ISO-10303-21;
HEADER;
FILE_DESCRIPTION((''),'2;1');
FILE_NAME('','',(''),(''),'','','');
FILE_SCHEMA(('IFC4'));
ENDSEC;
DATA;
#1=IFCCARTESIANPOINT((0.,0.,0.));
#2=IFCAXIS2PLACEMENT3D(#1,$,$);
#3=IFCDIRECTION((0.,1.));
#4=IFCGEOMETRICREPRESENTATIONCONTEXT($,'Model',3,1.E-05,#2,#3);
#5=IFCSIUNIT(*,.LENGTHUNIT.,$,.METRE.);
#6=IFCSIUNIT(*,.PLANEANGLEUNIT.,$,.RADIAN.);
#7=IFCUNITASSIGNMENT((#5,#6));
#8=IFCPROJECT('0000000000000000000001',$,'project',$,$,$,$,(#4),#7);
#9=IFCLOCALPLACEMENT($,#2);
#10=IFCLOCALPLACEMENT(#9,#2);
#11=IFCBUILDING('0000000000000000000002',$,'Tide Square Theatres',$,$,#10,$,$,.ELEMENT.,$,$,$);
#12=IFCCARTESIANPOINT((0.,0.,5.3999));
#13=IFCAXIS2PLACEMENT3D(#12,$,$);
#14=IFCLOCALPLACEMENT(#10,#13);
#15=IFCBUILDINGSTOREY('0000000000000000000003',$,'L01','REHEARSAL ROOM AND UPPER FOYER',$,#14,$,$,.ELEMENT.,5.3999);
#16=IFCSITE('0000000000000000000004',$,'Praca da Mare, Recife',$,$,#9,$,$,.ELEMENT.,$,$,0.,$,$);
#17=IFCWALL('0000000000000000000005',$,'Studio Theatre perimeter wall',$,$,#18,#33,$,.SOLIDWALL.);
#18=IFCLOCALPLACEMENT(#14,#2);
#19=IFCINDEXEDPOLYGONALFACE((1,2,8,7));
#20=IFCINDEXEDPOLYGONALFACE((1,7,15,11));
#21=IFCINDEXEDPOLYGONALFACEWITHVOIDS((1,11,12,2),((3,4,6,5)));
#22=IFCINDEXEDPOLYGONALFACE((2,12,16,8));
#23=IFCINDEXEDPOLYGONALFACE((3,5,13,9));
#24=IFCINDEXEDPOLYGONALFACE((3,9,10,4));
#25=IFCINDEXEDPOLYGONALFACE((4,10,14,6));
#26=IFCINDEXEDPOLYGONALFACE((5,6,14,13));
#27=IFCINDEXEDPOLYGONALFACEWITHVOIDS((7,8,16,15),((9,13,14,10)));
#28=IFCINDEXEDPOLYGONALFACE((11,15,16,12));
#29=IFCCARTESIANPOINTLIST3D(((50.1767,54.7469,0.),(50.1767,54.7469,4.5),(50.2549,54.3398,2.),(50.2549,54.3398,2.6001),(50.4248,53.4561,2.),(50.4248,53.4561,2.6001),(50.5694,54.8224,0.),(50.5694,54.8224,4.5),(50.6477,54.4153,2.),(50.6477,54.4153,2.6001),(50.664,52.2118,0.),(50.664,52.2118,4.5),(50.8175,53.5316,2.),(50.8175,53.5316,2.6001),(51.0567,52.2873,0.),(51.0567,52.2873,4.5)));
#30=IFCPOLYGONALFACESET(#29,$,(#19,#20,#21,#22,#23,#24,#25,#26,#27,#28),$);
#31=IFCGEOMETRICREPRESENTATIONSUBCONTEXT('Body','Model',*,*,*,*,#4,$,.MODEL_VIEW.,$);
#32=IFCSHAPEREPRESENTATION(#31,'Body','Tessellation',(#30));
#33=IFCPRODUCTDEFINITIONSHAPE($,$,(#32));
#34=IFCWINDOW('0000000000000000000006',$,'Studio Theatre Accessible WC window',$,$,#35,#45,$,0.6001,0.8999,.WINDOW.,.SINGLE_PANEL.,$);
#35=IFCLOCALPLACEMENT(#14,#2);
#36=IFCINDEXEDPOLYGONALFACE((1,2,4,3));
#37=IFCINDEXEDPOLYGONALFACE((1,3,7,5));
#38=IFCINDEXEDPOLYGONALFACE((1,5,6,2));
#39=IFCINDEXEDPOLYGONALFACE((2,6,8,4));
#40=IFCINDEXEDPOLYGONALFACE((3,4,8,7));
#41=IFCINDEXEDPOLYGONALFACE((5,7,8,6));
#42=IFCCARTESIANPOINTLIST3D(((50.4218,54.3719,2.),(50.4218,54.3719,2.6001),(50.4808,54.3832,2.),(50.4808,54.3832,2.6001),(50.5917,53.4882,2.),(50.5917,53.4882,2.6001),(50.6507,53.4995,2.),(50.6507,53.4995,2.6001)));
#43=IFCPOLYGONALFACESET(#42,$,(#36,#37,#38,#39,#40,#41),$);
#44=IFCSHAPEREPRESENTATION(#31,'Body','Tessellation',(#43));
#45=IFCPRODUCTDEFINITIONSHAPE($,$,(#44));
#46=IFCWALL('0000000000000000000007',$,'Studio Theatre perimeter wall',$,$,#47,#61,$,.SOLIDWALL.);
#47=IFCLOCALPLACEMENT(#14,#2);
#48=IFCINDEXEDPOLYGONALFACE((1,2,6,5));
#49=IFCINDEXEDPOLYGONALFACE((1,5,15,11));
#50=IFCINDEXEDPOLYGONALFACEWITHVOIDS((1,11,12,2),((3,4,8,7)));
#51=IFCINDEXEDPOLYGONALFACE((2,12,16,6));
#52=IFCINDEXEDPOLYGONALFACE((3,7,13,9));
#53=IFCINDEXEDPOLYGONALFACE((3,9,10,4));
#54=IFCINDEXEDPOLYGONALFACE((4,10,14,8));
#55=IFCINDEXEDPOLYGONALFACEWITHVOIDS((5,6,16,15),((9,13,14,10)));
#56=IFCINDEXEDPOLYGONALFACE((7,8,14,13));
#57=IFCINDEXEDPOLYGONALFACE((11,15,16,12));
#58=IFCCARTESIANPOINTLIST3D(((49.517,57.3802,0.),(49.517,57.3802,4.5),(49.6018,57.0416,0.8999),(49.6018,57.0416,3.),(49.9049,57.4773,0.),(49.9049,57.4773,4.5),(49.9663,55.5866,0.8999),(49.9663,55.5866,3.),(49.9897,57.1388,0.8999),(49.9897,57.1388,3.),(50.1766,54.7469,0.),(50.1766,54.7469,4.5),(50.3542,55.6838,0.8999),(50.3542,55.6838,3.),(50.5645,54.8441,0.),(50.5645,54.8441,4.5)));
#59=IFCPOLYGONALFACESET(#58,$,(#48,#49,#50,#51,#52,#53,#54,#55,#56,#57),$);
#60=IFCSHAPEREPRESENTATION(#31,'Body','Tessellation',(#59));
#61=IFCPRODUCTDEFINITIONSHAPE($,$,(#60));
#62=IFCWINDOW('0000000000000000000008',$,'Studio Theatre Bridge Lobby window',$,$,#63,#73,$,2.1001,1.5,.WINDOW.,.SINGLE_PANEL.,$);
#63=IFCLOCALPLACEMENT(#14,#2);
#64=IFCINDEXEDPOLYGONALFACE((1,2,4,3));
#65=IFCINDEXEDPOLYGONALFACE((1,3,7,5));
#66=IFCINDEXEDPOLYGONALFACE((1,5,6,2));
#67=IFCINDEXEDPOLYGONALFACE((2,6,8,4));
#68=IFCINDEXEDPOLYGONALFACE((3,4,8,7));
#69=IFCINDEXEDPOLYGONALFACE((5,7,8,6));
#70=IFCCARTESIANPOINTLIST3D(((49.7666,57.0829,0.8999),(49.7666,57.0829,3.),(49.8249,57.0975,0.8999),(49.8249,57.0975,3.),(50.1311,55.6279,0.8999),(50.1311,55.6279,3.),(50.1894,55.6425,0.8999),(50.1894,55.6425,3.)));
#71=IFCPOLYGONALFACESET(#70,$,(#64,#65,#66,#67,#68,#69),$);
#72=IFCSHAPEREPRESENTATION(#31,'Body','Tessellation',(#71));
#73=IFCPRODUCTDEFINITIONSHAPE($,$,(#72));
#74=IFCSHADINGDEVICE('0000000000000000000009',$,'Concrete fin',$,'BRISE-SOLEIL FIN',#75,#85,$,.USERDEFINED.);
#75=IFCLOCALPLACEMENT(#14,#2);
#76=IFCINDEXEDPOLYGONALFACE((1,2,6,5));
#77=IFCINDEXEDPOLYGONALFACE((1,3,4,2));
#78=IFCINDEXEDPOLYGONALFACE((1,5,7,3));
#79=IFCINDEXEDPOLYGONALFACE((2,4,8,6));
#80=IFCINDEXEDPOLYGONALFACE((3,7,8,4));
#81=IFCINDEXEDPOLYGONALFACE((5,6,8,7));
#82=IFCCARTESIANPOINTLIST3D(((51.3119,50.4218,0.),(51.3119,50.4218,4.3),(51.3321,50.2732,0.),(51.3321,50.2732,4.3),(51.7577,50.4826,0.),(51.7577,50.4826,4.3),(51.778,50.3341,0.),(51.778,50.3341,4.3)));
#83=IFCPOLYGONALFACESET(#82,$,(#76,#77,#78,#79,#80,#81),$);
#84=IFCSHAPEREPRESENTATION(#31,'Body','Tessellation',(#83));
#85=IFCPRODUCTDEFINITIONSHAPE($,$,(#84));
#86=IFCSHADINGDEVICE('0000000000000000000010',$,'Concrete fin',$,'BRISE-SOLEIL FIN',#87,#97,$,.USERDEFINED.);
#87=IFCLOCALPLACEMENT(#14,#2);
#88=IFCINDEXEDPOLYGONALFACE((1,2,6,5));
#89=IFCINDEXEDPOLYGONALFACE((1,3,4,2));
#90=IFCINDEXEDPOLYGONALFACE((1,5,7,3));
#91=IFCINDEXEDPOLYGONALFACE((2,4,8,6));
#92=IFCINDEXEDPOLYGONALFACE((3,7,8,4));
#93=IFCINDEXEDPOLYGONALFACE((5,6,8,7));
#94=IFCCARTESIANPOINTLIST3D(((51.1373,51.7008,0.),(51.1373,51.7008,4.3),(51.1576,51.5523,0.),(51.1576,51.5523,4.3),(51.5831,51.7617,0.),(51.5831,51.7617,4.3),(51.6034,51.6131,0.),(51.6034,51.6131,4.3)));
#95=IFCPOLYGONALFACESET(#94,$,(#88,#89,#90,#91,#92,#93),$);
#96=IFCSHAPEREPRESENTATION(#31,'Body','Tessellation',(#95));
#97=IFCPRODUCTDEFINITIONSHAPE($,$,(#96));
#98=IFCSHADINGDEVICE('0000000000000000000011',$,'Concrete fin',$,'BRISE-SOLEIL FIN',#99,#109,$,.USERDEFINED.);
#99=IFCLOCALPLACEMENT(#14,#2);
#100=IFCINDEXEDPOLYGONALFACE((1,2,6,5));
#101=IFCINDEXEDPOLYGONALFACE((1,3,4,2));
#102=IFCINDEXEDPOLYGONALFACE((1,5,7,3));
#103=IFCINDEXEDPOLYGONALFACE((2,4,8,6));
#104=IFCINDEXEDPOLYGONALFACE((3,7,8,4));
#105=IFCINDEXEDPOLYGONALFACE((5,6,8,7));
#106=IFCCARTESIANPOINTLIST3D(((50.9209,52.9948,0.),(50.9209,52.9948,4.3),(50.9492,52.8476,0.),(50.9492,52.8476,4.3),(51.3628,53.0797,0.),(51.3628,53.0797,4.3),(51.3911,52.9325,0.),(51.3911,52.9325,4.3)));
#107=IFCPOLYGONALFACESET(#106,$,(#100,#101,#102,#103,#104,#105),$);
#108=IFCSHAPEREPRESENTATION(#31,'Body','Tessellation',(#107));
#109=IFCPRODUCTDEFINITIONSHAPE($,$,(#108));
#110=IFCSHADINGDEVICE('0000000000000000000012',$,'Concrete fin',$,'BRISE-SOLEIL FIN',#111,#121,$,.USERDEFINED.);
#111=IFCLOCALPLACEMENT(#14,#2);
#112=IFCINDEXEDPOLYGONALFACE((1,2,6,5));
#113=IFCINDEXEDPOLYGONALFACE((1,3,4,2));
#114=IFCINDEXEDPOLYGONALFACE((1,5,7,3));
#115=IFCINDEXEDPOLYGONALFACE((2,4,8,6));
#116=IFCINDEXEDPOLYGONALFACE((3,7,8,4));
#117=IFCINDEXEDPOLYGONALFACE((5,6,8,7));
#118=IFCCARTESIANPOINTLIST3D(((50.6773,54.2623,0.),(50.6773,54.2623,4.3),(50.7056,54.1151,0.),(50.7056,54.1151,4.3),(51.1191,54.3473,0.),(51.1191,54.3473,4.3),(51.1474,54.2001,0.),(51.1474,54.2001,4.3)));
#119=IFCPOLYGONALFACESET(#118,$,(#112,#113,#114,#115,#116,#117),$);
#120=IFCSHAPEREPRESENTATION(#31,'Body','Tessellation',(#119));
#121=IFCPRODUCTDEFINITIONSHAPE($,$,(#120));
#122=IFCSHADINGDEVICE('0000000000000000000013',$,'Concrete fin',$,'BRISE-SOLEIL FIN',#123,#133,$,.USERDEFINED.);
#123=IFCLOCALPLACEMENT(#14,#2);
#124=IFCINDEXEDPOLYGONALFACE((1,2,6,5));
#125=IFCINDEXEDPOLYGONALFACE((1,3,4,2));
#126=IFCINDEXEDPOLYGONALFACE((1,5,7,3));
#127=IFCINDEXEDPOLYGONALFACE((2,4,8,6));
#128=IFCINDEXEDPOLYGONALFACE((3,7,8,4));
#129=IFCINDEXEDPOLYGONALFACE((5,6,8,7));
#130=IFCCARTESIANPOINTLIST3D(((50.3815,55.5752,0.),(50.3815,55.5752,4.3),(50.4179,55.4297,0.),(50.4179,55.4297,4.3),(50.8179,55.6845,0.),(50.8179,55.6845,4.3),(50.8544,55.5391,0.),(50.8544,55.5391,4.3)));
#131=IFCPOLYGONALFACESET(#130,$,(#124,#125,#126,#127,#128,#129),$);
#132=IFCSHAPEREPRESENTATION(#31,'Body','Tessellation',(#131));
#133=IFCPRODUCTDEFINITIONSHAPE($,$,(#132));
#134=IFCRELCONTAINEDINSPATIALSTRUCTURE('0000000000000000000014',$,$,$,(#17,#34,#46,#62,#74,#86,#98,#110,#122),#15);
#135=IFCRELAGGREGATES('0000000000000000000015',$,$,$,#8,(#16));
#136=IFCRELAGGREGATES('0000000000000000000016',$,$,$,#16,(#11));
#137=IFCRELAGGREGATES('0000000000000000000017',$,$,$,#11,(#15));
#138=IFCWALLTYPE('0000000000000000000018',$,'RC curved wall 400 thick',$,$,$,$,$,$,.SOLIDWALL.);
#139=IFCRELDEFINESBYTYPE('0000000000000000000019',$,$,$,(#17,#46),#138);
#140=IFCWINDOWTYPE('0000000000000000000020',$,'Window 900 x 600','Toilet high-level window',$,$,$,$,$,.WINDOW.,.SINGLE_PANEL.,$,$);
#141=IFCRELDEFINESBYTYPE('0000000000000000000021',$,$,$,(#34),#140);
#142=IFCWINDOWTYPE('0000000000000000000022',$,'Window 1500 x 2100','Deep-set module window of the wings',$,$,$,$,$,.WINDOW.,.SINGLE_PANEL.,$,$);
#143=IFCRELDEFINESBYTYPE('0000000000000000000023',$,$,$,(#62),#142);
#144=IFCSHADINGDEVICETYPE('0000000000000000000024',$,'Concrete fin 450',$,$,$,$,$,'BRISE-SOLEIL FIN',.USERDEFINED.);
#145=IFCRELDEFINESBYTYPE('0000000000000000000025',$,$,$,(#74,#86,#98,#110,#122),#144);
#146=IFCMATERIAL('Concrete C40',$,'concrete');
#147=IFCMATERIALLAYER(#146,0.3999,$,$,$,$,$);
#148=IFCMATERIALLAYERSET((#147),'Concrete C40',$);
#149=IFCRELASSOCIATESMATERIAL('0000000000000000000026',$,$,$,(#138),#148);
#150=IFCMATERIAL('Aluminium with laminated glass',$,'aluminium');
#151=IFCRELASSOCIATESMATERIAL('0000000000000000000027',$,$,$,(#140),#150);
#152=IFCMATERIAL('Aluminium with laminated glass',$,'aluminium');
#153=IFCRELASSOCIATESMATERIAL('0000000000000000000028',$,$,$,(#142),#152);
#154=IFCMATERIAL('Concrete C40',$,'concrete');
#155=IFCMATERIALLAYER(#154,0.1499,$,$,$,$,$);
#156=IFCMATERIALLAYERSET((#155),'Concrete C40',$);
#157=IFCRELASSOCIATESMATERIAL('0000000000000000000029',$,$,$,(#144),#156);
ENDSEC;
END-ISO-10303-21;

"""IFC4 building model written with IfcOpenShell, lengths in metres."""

from ifc_helpers import new_model, si_unit, direction, frame, frame_2d, origin, origin_2d, place, context, subcontext, project, spatial, rectangle, extrude, material, layer, layer_set, type_object, element, fill, save


model = new_model("IFC4")

# Units and contexts
model_context = context("Model", 3, precision=1e-05, world=origin(), true_north=direction((0.0, 1.0)))
body_context = subcontext(model_context, "Body", "Model", "MODEL_VIEW")
ifc_project = project(units=[si_unit("LENGTHUNIT", "METRE"), si_unit("PLANEANGLEUNIT", "RADIAN")], contexts=[model_context])

# Site, building, storey
site_placement = place(None, origin())
site = spatial("IfcSite", under=ifc_project, at=site_placement, Name="Praca da Mare, Recife", CompositionType="ELEMENT", RefElevation=0.0)
building_placement = place(site_placement, origin())
building = spatial("IfcBuilding", under=site, at=building_placement, Name="Tide Square Theatres", CompositionType="ELEMENT")
storey_placement = place(building_placement, frame((0.0, 0.0, 5.3999)))
storey = spatial("IfcBuildingStorey", under=building, at=storey_placement, Name="L01", Description="REHEARSAL ROOM AND UPPER FOYER", CompositionType="ELEMENT", Elevation=5.3999)

# Walls, openings, windows
ifc_material_1 = material(Name="Concrete C40", Category="concrete")
ifc_layer_1 = layer(ifc_material_1, 0.3999)
ifc_layer_set_1 = layer_set([ifc_layer_1], Name="Concrete C40")
wall_type_1 = type_object("IfcWallType", Name="RC curved wall 400 thick", PredefinedType="SOLIDWALL", material=ifc_layer_set_1)
wall_1_placement = place(storey_placement, frame((50.8604, 52.2495, 0.0), z_axis=(0.0, 0.0, 1.0), x_axis=(-0.188763, 0.982023, 0.0)))
wall_1 = element("IfcWall", 1, at=wall_1_placement, inside=storey, type_object=wall_type_1, Name="Studio Theatre perimeter wall", PredefinedType="SOLIDWALL", context=body_context, shape_type="SweptSolid", body=[
    extrude(rectangle(XDim=2.5815, YDim=0.3999, at=frame_2d((1.2908, 0.0))), origin(), (0.0, 0.0, 1.0), 4.5),
])
opening_1_placement = place(wall_1_placement, frame((1.2671, 0.0, 2.0)))
opening_1 = element("IfcOpeningElement", 2, at=opening_1_placement, cuts=wall_1, PredefinedType="OPENING", context=body_context, shape_type="SweptSolid", body=[
    extrude(rectangle(XDim=0.8999, YDim=0.6001, at=frame_2d((0.45, 0.3))), frame((0.0, 0.21, 0.0), z_axis=(0.0, -1.0, 0.0), x_axis=(1.0, 0.0, 0.0)), (0.0, 0.0, 1.0), 0.4199),
])
ifc_material_2 = material(Name="Aluminium with laminated glass", Category="aluminium")
window_type_1 = type_object("IfcWindowType", Name="Window 900 x 600", Description="Toilet high-level window", PartitioningType="SINGLE_PANEL", PredefinedType="WINDOW", material=ifc_material_2)
window_1_placement = place(opening_1_placement, origin())
window_1 = element("IfcWindow", 3, at=window_1_placement, inside=storey, type_object=window_type_1, Name="Studio Theatre Accessible WC window", OverallHeight=0.6001, OverallWidth=0.8999, PartitioningType="SINGLE_PANEL", PredefinedType="WINDOW", context=body_context, shape_type="SweptSolid", body=[
    extrude(rectangle(XDim=0.8999, YDim=0.6001, at=frame_2d((0.45, 0.3))), frame((0.0, 0.03, 0.0), z_axis=(0.0, -1.0, 0.0), x_axis=(1.0, 0.0, 0.0)), (0.0, 0.0, 1.0), 0.0601),
])
fill(opening_1, window_1)
wall_2_placement = place(storey_placement, frame((50.3706, 54.7954, 0.0), z_axis=(0.0, 0.0, 1.0), x_axis=(-0.243001, 0.970026, 0.0)))
wall_2 = element("IfcWall", 4, at=wall_2_placement, inside=storey, type_object=wall_type_1, Name="Studio Theatre perimeter wall", PredefinedType="SOLIDWALL", context=body_context, shape_type="SweptSolid", body=[
    extrude(rectangle(XDim=2.7146, YDim=0.3999, at=frame_2d((1.3574, 0.0))), origin(), (0.0, 0.0, 1.0), 4.5),
])
opening_2_placement = place(wall_2_placement, frame((0.8657, 0.0, 0.8999)))
opening_2 = element("IfcOpeningElement", 5, at=opening_2_placement, cuts=wall_2, PredefinedType="OPENING", context=body_context, shape_type="SweptSolid", body=[
    extrude(rectangle(XDim=1.5, YDim=2.1001, at=frame_2d((0.75, 1.05))), frame((0.0, 0.21, 0.0), z_axis=(0.0, -1.0, 0.0), x_axis=(1.0, 0.0, 0.0)), (0.0, 0.0, 1.0), 0.4199),
])
ifc_material_3 = material(Name="Aluminium with laminated glass", Category="aluminium")
window_type_2 = type_object("IfcWindowType", Name="Window 1500 x 2100", Description="Deep-set module window of the wings", PartitioningType="SINGLE_PANEL", PredefinedType="WINDOW", material=ifc_material_3)
window_2_placement = place(opening_2_placement, origin())
window_2 = element("IfcWindow", 6, at=window_2_placement, inside=storey, type_object=window_type_2, Name="Studio Theatre Bridge Lobby window", OverallHeight=2.1001, OverallWidth=1.5, PartitioningType="SINGLE_PANEL", PredefinedType="WINDOW", context=body_context, shape_type="SweptSolid", body=[
    extrude(rectangle(XDim=1.5, YDim=2.1001, at=frame_2d((0.75, 1.05))), frame((0.0, 0.03, 0.0), z_axis=(0.0, -1.0, 0.0), x_axis=(1.0, 0.0, 0.0)), (0.0, 0.0, 1.0), 0.0601),
])
fill(opening_2, window_2)

# Shading devices
ifc_material_4 = material(Name="Concrete C40", Category="concrete")
ifc_layer_2 = layer(ifc_material_4, 0.1499)
ifc_layer_set_2 = layer_set([ifc_layer_2], Name="Concrete C40")
shading_device_type = type_object("IfcShadingDeviceType", Name="Concrete fin 450", ElementType="BRISE-SOLEIL FIN", PredefinedType="USERDEFINED", material=ifc_layer_set_2)
for number, where, z_axis, x_axis, name in (
    (7, (51.5449, 50.3779, 0.0), (0.0, 0.0, 1.0), (-0.135214, 0.990816, 0.0), "Concrete fin"),
    (8, (51.3704, 51.657, 0.0), (0.0, 0.0, 1.0), (-0.135214, 0.990816, 0.0), "Concrete fin"),
    (9, (51.156, 52.9636, 0.0), (0.0, 0.0, 1.0), (-0.188736, 0.982028, 0.0), "Concrete fin"),
    (10, (50.9124, 54.2312, 0.0), (0.0, 0.0, 1.0), (-0.188736, 0.982028, 0.0), "Concrete fin"),
    (11, (50.6179, 55.5571, 0.0), (0.0, 0.0, 1.0), (-0.243039, 0.970016, 0.0), "Concrete fin"),
):
    element("IfcShadingDevice", number, at=place(storey_placement, frame(where, z_axis=z_axis, x_axis=x_axis)), inside=storey, type_object=shading_device_type, Name=name, ObjectType="BRISE-SOLEIL FIN", PredefinedType="USERDEFINED", context=body_context, shape_type="SweptSolid", body=[
        extrude(rectangle(XDim=0.1499, YDim=0.45, at=origin_2d()), origin(), (0.0, 0.0, 1.0), 4.3),
    ])

save(model, "model.ifc")
